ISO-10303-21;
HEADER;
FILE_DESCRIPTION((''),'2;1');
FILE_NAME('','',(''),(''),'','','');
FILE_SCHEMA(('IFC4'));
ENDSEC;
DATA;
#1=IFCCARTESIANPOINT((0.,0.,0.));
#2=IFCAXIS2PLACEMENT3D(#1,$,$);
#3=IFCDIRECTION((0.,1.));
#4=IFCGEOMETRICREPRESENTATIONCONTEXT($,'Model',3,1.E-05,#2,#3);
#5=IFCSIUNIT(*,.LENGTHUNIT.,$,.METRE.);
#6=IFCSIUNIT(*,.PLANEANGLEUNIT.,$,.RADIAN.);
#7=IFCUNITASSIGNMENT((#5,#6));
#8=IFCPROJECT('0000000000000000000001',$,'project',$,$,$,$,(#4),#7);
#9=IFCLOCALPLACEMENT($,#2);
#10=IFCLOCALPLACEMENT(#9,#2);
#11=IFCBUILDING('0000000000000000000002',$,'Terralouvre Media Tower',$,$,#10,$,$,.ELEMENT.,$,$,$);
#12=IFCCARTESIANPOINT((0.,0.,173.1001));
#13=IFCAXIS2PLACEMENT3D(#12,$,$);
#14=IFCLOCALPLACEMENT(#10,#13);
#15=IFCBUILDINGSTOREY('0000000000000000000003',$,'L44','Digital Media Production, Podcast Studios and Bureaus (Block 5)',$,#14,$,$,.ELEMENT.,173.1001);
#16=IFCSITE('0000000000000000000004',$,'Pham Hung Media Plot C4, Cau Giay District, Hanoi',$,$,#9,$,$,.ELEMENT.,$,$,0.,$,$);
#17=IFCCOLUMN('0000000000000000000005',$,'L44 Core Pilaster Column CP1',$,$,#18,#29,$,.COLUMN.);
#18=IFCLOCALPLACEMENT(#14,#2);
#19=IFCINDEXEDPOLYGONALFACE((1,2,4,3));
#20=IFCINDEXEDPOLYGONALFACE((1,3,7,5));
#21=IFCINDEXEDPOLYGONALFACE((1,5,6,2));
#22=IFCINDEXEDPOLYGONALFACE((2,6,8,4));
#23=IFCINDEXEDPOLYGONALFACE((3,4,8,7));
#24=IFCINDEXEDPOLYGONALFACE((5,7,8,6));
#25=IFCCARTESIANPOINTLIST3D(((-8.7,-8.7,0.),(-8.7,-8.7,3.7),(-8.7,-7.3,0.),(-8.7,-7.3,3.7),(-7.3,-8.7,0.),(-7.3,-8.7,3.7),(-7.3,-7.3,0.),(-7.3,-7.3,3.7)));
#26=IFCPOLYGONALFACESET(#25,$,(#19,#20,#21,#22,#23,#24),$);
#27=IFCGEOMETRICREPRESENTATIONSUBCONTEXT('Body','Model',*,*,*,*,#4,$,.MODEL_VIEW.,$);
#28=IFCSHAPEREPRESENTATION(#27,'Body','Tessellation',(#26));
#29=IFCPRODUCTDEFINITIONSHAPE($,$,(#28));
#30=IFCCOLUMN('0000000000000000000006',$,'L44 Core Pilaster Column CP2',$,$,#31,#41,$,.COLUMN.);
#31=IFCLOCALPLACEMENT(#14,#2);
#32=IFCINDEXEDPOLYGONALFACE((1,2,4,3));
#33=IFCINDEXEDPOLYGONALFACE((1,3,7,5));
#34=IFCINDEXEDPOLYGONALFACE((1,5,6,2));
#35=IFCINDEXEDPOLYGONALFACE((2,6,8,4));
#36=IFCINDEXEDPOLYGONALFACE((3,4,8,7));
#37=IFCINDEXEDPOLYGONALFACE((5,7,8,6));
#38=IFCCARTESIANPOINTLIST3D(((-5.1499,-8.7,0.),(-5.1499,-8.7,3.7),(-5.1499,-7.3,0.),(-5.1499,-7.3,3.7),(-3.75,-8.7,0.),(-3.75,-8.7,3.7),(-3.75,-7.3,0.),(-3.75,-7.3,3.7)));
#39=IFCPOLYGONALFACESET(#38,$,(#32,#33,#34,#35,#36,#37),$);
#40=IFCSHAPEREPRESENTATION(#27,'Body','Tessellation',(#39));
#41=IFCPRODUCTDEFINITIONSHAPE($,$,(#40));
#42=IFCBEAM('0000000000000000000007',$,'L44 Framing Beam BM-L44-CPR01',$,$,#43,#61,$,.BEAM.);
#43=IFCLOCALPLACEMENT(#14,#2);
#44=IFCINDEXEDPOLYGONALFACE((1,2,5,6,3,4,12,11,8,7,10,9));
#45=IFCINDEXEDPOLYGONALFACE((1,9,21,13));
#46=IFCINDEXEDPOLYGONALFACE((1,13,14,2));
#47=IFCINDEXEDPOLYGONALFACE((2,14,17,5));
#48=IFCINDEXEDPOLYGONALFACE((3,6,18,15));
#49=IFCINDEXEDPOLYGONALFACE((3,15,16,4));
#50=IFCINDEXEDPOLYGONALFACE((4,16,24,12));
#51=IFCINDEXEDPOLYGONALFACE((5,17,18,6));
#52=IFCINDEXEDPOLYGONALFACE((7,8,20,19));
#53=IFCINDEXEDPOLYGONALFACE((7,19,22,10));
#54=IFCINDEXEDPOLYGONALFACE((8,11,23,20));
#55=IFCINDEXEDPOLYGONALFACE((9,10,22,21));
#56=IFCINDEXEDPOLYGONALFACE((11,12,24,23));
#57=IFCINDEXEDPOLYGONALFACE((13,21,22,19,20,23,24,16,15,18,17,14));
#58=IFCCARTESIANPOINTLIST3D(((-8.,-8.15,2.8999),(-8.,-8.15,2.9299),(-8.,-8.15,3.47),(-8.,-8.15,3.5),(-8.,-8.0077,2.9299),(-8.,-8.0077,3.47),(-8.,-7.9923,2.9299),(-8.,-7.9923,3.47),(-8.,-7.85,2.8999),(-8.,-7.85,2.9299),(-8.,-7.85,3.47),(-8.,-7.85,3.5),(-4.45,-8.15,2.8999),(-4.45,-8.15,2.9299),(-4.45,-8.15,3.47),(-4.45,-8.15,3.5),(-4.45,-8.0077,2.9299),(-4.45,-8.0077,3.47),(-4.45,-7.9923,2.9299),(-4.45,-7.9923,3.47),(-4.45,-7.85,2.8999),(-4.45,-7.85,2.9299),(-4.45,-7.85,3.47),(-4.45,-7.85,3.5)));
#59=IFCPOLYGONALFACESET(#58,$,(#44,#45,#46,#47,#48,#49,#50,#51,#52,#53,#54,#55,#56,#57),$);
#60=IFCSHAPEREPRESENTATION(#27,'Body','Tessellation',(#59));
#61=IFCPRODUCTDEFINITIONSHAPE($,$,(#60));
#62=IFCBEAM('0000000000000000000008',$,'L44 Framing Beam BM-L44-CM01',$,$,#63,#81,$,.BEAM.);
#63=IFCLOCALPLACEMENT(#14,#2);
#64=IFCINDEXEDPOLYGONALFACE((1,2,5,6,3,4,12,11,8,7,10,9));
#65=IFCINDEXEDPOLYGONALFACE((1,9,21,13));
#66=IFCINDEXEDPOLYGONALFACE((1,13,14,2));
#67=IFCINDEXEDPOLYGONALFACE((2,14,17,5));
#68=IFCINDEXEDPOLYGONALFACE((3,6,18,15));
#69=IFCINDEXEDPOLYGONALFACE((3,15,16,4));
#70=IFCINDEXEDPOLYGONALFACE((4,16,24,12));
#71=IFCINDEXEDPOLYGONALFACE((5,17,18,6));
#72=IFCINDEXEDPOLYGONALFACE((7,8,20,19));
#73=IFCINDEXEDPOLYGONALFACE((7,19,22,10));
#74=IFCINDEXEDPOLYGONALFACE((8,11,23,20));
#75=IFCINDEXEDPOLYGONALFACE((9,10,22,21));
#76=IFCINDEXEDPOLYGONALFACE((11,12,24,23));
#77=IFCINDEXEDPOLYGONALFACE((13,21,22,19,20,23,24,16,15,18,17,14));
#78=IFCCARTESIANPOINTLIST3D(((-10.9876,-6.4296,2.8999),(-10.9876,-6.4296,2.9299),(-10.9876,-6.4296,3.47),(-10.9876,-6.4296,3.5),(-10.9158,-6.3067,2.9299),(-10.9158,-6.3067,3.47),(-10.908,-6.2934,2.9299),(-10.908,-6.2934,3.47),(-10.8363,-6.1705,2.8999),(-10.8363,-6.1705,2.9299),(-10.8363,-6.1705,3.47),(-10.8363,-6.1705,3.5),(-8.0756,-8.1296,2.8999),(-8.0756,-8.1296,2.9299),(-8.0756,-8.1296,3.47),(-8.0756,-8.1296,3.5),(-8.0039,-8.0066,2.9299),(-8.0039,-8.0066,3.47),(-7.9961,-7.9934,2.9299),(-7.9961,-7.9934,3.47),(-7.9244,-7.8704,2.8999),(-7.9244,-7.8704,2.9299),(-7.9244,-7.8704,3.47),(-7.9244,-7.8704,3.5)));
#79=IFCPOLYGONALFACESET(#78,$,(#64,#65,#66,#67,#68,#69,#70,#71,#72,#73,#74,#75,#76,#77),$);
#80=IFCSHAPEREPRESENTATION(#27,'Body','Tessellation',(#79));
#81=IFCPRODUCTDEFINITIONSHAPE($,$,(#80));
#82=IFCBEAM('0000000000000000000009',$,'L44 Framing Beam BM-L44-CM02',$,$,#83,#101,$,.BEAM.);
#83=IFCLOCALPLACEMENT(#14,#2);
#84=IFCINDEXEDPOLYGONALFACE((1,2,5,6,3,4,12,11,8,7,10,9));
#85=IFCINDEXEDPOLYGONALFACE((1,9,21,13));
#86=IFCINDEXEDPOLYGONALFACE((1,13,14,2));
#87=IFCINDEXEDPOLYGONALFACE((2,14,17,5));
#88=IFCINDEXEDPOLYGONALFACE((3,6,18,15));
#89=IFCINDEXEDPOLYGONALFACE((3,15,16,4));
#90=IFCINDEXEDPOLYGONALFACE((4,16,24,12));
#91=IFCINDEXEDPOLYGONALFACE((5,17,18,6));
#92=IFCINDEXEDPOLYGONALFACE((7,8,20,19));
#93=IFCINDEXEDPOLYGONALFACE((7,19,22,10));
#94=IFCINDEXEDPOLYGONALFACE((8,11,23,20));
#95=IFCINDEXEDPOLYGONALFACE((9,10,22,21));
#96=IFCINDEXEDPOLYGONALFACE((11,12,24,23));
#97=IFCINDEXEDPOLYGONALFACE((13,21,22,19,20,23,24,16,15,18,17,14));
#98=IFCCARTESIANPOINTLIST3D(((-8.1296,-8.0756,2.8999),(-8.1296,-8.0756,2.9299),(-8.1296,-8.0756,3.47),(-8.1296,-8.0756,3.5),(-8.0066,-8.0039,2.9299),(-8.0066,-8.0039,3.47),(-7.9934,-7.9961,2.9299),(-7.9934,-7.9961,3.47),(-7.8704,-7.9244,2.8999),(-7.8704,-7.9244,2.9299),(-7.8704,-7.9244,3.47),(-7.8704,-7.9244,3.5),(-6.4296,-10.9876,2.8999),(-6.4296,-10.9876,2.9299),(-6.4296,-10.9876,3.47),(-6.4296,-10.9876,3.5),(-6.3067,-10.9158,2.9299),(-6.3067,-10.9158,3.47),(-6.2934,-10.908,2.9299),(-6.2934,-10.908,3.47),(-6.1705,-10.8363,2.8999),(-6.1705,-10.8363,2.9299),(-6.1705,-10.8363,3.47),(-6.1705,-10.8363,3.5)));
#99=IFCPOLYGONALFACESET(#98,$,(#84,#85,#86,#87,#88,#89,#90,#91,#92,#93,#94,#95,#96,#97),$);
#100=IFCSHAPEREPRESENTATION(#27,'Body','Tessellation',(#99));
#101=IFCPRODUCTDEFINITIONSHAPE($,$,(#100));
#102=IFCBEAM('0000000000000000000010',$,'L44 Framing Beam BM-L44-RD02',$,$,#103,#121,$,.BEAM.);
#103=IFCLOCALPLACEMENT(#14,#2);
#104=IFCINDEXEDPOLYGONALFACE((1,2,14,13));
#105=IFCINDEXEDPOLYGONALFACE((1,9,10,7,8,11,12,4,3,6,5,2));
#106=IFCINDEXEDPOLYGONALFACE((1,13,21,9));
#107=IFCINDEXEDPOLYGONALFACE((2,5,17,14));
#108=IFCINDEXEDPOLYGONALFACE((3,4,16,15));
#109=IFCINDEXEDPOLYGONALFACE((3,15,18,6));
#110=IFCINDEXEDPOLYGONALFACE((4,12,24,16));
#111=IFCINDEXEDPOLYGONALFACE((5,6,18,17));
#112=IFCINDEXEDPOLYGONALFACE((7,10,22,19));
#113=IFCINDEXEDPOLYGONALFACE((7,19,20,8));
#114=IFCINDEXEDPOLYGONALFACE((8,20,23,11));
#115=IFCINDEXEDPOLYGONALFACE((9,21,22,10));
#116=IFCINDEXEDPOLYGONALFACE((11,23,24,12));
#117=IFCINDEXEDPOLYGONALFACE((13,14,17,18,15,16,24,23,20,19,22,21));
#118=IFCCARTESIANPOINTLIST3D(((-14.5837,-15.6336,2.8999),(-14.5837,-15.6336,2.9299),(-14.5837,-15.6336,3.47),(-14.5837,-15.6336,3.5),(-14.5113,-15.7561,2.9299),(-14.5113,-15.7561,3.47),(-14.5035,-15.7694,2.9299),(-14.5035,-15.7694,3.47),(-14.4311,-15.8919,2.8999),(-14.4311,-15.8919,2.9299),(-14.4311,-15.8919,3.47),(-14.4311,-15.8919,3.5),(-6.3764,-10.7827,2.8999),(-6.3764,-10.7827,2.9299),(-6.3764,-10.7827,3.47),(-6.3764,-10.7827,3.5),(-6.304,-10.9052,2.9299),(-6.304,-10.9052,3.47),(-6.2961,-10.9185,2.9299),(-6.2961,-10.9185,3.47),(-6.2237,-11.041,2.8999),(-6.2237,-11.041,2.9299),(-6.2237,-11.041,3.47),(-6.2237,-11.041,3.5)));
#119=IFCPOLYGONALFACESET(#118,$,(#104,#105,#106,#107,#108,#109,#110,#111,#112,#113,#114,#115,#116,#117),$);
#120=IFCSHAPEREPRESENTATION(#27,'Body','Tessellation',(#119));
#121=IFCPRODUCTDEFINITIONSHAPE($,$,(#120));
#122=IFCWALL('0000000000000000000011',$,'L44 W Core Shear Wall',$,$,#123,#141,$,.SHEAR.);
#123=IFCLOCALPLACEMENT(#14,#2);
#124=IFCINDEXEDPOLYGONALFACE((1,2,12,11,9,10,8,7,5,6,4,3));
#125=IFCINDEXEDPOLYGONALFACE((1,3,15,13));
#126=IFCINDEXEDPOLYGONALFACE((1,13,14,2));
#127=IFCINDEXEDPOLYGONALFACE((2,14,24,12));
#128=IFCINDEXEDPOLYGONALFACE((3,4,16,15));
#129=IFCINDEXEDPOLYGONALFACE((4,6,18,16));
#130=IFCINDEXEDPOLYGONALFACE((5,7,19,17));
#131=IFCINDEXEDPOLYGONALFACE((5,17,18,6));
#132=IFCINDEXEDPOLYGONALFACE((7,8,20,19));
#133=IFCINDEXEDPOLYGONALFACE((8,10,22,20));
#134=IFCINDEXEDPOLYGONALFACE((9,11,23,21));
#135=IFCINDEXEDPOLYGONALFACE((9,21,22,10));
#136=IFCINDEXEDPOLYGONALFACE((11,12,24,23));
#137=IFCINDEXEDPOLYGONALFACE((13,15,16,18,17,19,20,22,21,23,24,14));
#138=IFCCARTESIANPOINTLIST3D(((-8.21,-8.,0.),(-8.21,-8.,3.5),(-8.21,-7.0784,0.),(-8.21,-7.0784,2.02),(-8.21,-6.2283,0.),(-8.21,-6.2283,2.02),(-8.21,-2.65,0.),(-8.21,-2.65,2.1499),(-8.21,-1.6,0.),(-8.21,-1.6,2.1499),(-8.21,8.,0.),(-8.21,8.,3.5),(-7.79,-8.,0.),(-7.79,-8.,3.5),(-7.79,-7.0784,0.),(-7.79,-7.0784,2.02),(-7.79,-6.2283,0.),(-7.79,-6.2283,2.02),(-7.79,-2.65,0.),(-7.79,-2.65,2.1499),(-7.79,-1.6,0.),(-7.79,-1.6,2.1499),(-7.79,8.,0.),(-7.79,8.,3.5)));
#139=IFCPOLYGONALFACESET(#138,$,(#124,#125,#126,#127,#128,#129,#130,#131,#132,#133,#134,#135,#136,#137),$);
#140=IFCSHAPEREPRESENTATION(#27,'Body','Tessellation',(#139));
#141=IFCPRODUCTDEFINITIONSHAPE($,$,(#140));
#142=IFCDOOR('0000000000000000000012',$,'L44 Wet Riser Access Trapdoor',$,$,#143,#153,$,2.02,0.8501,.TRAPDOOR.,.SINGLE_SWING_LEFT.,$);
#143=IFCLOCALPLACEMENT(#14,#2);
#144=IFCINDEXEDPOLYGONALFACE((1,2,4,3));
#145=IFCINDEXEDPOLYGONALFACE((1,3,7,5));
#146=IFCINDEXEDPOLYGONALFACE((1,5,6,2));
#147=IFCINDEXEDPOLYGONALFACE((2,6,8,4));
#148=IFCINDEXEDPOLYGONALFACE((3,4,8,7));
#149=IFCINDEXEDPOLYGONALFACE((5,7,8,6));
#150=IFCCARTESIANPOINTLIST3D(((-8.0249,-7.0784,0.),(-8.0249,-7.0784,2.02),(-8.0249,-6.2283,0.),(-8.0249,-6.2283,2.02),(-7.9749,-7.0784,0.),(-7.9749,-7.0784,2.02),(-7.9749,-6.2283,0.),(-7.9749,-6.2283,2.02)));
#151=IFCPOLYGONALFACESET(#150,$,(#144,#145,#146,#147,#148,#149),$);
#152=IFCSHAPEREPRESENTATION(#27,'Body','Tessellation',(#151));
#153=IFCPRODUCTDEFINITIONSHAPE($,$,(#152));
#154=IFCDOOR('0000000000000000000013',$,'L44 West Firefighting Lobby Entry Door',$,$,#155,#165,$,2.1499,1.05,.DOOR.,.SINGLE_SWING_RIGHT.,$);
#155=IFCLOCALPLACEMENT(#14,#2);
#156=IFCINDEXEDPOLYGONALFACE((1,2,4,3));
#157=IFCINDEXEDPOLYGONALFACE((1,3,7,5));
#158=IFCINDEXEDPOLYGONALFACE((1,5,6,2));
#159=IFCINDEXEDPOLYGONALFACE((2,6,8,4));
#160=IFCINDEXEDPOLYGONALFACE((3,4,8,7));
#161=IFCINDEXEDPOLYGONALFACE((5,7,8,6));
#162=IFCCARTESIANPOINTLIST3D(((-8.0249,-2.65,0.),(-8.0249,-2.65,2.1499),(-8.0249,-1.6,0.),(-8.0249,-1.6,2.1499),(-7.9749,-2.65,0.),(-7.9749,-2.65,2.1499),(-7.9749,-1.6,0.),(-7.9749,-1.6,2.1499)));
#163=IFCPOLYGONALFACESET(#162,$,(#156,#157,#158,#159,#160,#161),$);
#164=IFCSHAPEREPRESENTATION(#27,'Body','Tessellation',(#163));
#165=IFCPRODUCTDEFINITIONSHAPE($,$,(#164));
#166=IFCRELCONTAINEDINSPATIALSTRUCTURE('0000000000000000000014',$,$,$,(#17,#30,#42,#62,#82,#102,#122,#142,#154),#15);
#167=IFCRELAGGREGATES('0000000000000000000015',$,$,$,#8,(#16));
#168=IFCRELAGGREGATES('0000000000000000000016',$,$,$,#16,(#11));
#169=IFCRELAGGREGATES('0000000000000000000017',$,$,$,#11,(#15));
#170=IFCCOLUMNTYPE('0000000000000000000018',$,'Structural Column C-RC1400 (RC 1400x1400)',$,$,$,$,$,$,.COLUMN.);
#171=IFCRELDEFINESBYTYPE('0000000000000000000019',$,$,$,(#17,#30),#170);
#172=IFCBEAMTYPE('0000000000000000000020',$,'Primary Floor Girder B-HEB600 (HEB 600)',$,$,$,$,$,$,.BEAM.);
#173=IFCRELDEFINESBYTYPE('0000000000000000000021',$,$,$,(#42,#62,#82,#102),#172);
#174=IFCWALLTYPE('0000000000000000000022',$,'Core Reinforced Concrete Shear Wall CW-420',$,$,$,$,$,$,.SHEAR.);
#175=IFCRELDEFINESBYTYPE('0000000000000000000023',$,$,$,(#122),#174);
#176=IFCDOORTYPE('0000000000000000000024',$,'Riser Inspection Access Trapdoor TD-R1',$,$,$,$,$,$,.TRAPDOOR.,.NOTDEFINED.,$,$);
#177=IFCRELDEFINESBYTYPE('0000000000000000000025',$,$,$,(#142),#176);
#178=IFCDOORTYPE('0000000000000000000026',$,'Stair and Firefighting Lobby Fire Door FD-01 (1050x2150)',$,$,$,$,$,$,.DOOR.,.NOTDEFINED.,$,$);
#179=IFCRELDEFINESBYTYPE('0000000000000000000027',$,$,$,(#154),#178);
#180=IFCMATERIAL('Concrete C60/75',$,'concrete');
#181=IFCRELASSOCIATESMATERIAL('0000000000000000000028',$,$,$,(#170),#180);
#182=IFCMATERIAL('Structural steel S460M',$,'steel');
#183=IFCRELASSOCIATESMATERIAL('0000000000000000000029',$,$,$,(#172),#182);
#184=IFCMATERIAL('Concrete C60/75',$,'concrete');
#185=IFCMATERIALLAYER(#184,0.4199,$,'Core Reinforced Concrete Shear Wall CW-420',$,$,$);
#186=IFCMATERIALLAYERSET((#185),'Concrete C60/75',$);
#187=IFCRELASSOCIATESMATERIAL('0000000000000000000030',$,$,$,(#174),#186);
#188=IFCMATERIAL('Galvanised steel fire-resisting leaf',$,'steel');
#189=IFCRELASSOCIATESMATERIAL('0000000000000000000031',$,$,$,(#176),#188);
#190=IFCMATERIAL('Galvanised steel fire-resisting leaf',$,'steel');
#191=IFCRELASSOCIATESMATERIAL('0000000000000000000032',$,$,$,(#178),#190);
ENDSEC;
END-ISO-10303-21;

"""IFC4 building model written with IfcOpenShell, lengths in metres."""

from ifc_helpers import new_model, si_unit, direction, frame, frame_2d, origin, origin_2d, place, context, subcontext, project, spatial, rectangle, i_section, extrude, material, layer, layer_set, material_profile, profile_set, type_object, element, fill, save


model = new_model("IFC4")

# Units and contexts
model_context = context("Model", 3, precision=1e-05, world=origin(), true_north=direction((0.0, 1.0)))
body_context = subcontext(model_context, "Body", "Model", "MODEL_VIEW")
ifc_project = project(units=[si_unit("LENGTHUNIT", "METRE"), si_unit("PLANEANGLEUNIT", "RADIAN")], contexts=[model_context])

# Site, building, storey
site_placement = place(None, origin())
site = spatial("IfcSite", under=ifc_project, at=site_placement, Name="Pham Hung Media Plot C4, Cau Giay District, Hanoi", CompositionType="ELEMENT", RefElevation=0.0)
building_placement = place(site_placement, origin())
building = spatial("IfcBuilding", under=site, at=building_placement, Name="Terralouvre Media Tower", CompositionType="ELEMENT")
storey_placement = place(building_placement, frame((0.0, 0.0, 173.1001)))
storey = spatial("IfcBuildingStorey", under=building, at=storey_placement, Name="L44", Description="Digital Media Production, Podcast Studios and Bureaus (Block 5)", CompositionType="ELEMENT", Elevation=173.1001)

# Columns
ifc_material_1 = material(Name="Concrete C60/75", Category="concrete")
ifc_material_profile_1 = material_profile(ifc_material_1, rectangle(XDim=1.3999, YDim=1.3999, at=origin_2d()), Name="RC 1400x1400")
ifc_profile_set_1 = profile_set([ifc_material_profile_1], Name="Concrete C60/75")
column_type = type_object("IfcColumnType", Name="Structural Column C-RC1400 (RC 1400x1400)", PredefinedType="COLUMN", material=ifc_profile_set_1)
for number, where, z_axis, x_axis, name in (
    (1, (-8.0, -8.0, 0.0), (0.0, 0.0, 1.0), (1.0, 0.0, 0.0), "L44 Core Pilaster Column CP1"),
    (2, (-4.45, -8.0, 0.0), (0.0, 0.0, 1.0), (1.0, 0.0, 0.0), "L44 Core Pilaster Column CP2"),
):
    element("IfcColumn", number, at=place(storey_placement, frame(where, z_axis=z_axis, x_axis=x_axis)), inside=storey, type_object=column_type, Name=name, PredefinedType="COLUMN", context=body_context, shape_type="SweptSolid", body=[
        extrude(rectangle(XDim=1.3999, YDim=1.3999, at=origin_2d()), origin(), (0.0, 0.0, 1.0), 3.7),
    ])

# Beams
ifc_material_2 = material(Name="Structural steel S460M", Category="steel")
ifc_material_profile_2 = material_profile(ifc_material_2, i_section(OverallWidth=0.3, OverallDepth=0.6001, WebThickness=0.0154, FlangeThickness=0.03, at=origin_2d()), Name="HEB 600")
ifc_profile_set_2 = profile_set([ifc_material_profile_2], Name="Structural steel S460M")
beam_type = type_object("IfcBeamType", Name="Primary Floor Girder B-HEB600 (HEB 600)", PredefinedType="BEAM", material=ifc_profile_set_2)
beam_1_placement = place(storey_placement, frame((-8.0, -8.0, 3.2), z_axis=(1.0, 0.0, 0.0), x_axis=(0.0, 1.0, 0.0)))
element("IfcBeam", 3, at=beam_1_placement, inside=storey, type_object=beam_type, Name="L44 Framing Beam BM-L44-CPR01", PredefinedType="BEAM", context=body_context, shape_type="SweptSolid", body=[
    extrude(i_section(OverallWidth=0.3, OverallDepth=0.6001, WebThickness=0.0154, FlangeThickness=0.03, at=origin_2d()), origin(), (0.0, 0.0, 1.0), 3.55),
])
for number, where, z_axis, x_axis, name in (
    (4, (-8.0, -8.0, 3.2), (-0.863603, 0.504173, 0.0), (-0.504173, -0.863603, 0.0), "L44 Framing Beam BM-L44-CM01"),
    (5, (-8.0, -8.0, 3.2), (0.504173, -0.863603, 0.0), (0.863603, 0.504173, 0.0), "L44 Framing Beam BM-L44-CM02"),
):
    element("IfcBeam", number, at=place(storey_placement, frame(where, z_axis=z_axis, x_axis=x_axis)), inside=storey, type_object=beam_type, Name=name, PredefinedType="BEAM", context=body_context, shape_type="SweptSolid", body=[
        extrude(i_section(OverallWidth=0.3, OverallDepth=0.6001, WebThickness=0.0154, FlangeThickness=0.03, at=origin_2d()), origin(), (0.0, 0.0, 1.0), 3.3718),
    ])
beam_2_placement = place(storey_placement, frame((-6.3, -10.9119, 3.2), z_axis=(-0.860877, -0.508813, 0.0), x_axis=(0.508813, -0.860877, 0.0)))
element("IfcBeam", 6, at=beam_2_placement, inside=storey, type_object=beam_type, Name="L44 Framing Beam BM-L44-RD02", PredefinedType="BEAM", context=body_context, shape_type="SweptSolid", body=[
    extrude(i_section(OverallWidth=0.3, OverallDepth=0.6001, WebThickness=0.0154, FlangeThickness=0.03, at=origin_2d()), origin(), (0.0, 0.0, 1.0), 9.5337),
])

# Wall, openings, doors
ifc_material_3 = material(Name="Concrete C60/75", Category="concrete")
ifc_layer_1 = layer(ifc_material_3, 0.4199, Name="Core Reinforced Concrete Shear Wall CW-420")
ifc_layer_set_1 = layer_set([ifc_layer_1], Name="Concrete C60/75")
wall_type_1 = type_object("IfcWallType", Name="Core Reinforced Concrete Shear Wall CW-420", PredefinedType="SHEAR", material=ifc_layer_set_1)
wall_1_placement = place(storey_placement, frame((-8.0, -8.0, 0.0), z_axis=(0.0, 0.0, 1.0), x_axis=(0.0, 1.0, 0.0)))
wall_1 = element("IfcWall", 7, at=wall_1_placement, inside=storey, type_object=wall_type_1, Name="L44 W Core Shear Wall", PredefinedType="SHEAR", context=body_context, shape_type="SweptSolid", body=[
    extrude(rectangle(XDim=16.0, YDim=0.4199, at=frame_2d((8.0, 0.0))), origin(), (0.0, 0.0, 1.0), 3.5),
])
opening_1_placement = place(wall_1_placement, frame((0.9216, 0.0, 0.0)))
opening_1 = element("IfcOpeningElement", 8, at=opening_1_placement, cuts=wall_1, PredefinedType="OPENING", context=body_context, shape_type="SweptSolid", body=[
    extrude(rectangle(XDim=0.8501, YDim=2.02, at=frame_2d((0.425, 1.01))), frame((0.0, 0.22, 0.0), z_axis=(0.0, -1.0, 0.0), x_axis=(1.0, 0.0, 0.0)), (0.0, 0.0, 1.0), 0.4399),
])
opening_2_placement = place(wall_1_placement, frame((5.3501, 0.0, 0.0)))
opening_2 = element("IfcOpeningElement", 9, at=opening_2_placement, cuts=wall_1, PredefinedType="OPENING", context=body_context, shape_type="SweptSolid", body=[
    extrude(rectangle(XDim=1.05, YDim=2.1499, at=frame_2d((0.5249, 1.075))), frame((0.0, 0.22, 0.0), z_axis=(0.0, -1.0, 0.0), x_axis=(1.0, 0.0, 0.0)), (0.0, 0.0, 1.0), 0.4399),
])
ifc_material_4 = material(Name="Galvanised steel fire-resisting leaf", Category="steel")
door_type_1 = type_object("IfcDoorType", Name="Riser Inspection Access Trapdoor TD-R1", OperationType="NOTDEFINED", PredefinedType="TRAPDOOR", material=ifc_material_4)
door_1_placement = place(opening_1_placement, origin())
door_1 = element("IfcDoor", 10, at=door_1_placement, inside=storey, type_object=door_type_1, Name="L44 Wet Riser Access Trapdoor", OperationType="SINGLE_SWING_LEFT", OverallHeight=2.02, OverallWidth=0.8501, PredefinedType="TRAPDOOR", context=body_context, shape_type="SweptSolid", body=[
    extrude(rectangle(XDim=0.8501, YDim=2.02, at=frame_2d((0.425, 1.01))), frame((0.0, 0.0249, 0.0), z_axis=(0.0, -1.0, 0.0), x_axis=(1.0, 0.0, 0.0)), (0.0, 0.0, 1.0), 0.05),
])
fill(opening_1, door_1)
ifc_material_5 = material(Name="Galvanised steel fire-resisting leaf", Category="steel")
door_type_2 = type_object("IfcDoorType", Name="Stair and Firefighting Lobby Fire Door FD-01 (1050x2150)", OperationType="NOTDEFINED", PredefinedType="DOOR", material=ifc_material_5)
door_2_placement = place(opening_2_placement, origin())
door_2 = element("IfcDoor", 11, at=door_2_placement, inside=storey, type_object=door_type_2, Name="L44 West Firefighting Lobby Entry Door", OperationType="SINGLE_SWING_RIGHT", OverallHeight=2.1499, OverallWidth=1.05, PredefinedType="DOOR", context=body_context, shape_type="SweptSolid", body=[
    extrude(rectangle(XDim=1.05, YDim=2.1499, at=frame_2d((0.5249, 1.075))), frame((0.0, 0.0249, 0.0), z_axis=(0.0, -1.0, 0.0), x_axis=(1.0, 0.0, 0.0)), (0.0, 0.0, 1.0), 0.05),
])
fill(opening_2, door_2)

save(model, "model.ifc")
